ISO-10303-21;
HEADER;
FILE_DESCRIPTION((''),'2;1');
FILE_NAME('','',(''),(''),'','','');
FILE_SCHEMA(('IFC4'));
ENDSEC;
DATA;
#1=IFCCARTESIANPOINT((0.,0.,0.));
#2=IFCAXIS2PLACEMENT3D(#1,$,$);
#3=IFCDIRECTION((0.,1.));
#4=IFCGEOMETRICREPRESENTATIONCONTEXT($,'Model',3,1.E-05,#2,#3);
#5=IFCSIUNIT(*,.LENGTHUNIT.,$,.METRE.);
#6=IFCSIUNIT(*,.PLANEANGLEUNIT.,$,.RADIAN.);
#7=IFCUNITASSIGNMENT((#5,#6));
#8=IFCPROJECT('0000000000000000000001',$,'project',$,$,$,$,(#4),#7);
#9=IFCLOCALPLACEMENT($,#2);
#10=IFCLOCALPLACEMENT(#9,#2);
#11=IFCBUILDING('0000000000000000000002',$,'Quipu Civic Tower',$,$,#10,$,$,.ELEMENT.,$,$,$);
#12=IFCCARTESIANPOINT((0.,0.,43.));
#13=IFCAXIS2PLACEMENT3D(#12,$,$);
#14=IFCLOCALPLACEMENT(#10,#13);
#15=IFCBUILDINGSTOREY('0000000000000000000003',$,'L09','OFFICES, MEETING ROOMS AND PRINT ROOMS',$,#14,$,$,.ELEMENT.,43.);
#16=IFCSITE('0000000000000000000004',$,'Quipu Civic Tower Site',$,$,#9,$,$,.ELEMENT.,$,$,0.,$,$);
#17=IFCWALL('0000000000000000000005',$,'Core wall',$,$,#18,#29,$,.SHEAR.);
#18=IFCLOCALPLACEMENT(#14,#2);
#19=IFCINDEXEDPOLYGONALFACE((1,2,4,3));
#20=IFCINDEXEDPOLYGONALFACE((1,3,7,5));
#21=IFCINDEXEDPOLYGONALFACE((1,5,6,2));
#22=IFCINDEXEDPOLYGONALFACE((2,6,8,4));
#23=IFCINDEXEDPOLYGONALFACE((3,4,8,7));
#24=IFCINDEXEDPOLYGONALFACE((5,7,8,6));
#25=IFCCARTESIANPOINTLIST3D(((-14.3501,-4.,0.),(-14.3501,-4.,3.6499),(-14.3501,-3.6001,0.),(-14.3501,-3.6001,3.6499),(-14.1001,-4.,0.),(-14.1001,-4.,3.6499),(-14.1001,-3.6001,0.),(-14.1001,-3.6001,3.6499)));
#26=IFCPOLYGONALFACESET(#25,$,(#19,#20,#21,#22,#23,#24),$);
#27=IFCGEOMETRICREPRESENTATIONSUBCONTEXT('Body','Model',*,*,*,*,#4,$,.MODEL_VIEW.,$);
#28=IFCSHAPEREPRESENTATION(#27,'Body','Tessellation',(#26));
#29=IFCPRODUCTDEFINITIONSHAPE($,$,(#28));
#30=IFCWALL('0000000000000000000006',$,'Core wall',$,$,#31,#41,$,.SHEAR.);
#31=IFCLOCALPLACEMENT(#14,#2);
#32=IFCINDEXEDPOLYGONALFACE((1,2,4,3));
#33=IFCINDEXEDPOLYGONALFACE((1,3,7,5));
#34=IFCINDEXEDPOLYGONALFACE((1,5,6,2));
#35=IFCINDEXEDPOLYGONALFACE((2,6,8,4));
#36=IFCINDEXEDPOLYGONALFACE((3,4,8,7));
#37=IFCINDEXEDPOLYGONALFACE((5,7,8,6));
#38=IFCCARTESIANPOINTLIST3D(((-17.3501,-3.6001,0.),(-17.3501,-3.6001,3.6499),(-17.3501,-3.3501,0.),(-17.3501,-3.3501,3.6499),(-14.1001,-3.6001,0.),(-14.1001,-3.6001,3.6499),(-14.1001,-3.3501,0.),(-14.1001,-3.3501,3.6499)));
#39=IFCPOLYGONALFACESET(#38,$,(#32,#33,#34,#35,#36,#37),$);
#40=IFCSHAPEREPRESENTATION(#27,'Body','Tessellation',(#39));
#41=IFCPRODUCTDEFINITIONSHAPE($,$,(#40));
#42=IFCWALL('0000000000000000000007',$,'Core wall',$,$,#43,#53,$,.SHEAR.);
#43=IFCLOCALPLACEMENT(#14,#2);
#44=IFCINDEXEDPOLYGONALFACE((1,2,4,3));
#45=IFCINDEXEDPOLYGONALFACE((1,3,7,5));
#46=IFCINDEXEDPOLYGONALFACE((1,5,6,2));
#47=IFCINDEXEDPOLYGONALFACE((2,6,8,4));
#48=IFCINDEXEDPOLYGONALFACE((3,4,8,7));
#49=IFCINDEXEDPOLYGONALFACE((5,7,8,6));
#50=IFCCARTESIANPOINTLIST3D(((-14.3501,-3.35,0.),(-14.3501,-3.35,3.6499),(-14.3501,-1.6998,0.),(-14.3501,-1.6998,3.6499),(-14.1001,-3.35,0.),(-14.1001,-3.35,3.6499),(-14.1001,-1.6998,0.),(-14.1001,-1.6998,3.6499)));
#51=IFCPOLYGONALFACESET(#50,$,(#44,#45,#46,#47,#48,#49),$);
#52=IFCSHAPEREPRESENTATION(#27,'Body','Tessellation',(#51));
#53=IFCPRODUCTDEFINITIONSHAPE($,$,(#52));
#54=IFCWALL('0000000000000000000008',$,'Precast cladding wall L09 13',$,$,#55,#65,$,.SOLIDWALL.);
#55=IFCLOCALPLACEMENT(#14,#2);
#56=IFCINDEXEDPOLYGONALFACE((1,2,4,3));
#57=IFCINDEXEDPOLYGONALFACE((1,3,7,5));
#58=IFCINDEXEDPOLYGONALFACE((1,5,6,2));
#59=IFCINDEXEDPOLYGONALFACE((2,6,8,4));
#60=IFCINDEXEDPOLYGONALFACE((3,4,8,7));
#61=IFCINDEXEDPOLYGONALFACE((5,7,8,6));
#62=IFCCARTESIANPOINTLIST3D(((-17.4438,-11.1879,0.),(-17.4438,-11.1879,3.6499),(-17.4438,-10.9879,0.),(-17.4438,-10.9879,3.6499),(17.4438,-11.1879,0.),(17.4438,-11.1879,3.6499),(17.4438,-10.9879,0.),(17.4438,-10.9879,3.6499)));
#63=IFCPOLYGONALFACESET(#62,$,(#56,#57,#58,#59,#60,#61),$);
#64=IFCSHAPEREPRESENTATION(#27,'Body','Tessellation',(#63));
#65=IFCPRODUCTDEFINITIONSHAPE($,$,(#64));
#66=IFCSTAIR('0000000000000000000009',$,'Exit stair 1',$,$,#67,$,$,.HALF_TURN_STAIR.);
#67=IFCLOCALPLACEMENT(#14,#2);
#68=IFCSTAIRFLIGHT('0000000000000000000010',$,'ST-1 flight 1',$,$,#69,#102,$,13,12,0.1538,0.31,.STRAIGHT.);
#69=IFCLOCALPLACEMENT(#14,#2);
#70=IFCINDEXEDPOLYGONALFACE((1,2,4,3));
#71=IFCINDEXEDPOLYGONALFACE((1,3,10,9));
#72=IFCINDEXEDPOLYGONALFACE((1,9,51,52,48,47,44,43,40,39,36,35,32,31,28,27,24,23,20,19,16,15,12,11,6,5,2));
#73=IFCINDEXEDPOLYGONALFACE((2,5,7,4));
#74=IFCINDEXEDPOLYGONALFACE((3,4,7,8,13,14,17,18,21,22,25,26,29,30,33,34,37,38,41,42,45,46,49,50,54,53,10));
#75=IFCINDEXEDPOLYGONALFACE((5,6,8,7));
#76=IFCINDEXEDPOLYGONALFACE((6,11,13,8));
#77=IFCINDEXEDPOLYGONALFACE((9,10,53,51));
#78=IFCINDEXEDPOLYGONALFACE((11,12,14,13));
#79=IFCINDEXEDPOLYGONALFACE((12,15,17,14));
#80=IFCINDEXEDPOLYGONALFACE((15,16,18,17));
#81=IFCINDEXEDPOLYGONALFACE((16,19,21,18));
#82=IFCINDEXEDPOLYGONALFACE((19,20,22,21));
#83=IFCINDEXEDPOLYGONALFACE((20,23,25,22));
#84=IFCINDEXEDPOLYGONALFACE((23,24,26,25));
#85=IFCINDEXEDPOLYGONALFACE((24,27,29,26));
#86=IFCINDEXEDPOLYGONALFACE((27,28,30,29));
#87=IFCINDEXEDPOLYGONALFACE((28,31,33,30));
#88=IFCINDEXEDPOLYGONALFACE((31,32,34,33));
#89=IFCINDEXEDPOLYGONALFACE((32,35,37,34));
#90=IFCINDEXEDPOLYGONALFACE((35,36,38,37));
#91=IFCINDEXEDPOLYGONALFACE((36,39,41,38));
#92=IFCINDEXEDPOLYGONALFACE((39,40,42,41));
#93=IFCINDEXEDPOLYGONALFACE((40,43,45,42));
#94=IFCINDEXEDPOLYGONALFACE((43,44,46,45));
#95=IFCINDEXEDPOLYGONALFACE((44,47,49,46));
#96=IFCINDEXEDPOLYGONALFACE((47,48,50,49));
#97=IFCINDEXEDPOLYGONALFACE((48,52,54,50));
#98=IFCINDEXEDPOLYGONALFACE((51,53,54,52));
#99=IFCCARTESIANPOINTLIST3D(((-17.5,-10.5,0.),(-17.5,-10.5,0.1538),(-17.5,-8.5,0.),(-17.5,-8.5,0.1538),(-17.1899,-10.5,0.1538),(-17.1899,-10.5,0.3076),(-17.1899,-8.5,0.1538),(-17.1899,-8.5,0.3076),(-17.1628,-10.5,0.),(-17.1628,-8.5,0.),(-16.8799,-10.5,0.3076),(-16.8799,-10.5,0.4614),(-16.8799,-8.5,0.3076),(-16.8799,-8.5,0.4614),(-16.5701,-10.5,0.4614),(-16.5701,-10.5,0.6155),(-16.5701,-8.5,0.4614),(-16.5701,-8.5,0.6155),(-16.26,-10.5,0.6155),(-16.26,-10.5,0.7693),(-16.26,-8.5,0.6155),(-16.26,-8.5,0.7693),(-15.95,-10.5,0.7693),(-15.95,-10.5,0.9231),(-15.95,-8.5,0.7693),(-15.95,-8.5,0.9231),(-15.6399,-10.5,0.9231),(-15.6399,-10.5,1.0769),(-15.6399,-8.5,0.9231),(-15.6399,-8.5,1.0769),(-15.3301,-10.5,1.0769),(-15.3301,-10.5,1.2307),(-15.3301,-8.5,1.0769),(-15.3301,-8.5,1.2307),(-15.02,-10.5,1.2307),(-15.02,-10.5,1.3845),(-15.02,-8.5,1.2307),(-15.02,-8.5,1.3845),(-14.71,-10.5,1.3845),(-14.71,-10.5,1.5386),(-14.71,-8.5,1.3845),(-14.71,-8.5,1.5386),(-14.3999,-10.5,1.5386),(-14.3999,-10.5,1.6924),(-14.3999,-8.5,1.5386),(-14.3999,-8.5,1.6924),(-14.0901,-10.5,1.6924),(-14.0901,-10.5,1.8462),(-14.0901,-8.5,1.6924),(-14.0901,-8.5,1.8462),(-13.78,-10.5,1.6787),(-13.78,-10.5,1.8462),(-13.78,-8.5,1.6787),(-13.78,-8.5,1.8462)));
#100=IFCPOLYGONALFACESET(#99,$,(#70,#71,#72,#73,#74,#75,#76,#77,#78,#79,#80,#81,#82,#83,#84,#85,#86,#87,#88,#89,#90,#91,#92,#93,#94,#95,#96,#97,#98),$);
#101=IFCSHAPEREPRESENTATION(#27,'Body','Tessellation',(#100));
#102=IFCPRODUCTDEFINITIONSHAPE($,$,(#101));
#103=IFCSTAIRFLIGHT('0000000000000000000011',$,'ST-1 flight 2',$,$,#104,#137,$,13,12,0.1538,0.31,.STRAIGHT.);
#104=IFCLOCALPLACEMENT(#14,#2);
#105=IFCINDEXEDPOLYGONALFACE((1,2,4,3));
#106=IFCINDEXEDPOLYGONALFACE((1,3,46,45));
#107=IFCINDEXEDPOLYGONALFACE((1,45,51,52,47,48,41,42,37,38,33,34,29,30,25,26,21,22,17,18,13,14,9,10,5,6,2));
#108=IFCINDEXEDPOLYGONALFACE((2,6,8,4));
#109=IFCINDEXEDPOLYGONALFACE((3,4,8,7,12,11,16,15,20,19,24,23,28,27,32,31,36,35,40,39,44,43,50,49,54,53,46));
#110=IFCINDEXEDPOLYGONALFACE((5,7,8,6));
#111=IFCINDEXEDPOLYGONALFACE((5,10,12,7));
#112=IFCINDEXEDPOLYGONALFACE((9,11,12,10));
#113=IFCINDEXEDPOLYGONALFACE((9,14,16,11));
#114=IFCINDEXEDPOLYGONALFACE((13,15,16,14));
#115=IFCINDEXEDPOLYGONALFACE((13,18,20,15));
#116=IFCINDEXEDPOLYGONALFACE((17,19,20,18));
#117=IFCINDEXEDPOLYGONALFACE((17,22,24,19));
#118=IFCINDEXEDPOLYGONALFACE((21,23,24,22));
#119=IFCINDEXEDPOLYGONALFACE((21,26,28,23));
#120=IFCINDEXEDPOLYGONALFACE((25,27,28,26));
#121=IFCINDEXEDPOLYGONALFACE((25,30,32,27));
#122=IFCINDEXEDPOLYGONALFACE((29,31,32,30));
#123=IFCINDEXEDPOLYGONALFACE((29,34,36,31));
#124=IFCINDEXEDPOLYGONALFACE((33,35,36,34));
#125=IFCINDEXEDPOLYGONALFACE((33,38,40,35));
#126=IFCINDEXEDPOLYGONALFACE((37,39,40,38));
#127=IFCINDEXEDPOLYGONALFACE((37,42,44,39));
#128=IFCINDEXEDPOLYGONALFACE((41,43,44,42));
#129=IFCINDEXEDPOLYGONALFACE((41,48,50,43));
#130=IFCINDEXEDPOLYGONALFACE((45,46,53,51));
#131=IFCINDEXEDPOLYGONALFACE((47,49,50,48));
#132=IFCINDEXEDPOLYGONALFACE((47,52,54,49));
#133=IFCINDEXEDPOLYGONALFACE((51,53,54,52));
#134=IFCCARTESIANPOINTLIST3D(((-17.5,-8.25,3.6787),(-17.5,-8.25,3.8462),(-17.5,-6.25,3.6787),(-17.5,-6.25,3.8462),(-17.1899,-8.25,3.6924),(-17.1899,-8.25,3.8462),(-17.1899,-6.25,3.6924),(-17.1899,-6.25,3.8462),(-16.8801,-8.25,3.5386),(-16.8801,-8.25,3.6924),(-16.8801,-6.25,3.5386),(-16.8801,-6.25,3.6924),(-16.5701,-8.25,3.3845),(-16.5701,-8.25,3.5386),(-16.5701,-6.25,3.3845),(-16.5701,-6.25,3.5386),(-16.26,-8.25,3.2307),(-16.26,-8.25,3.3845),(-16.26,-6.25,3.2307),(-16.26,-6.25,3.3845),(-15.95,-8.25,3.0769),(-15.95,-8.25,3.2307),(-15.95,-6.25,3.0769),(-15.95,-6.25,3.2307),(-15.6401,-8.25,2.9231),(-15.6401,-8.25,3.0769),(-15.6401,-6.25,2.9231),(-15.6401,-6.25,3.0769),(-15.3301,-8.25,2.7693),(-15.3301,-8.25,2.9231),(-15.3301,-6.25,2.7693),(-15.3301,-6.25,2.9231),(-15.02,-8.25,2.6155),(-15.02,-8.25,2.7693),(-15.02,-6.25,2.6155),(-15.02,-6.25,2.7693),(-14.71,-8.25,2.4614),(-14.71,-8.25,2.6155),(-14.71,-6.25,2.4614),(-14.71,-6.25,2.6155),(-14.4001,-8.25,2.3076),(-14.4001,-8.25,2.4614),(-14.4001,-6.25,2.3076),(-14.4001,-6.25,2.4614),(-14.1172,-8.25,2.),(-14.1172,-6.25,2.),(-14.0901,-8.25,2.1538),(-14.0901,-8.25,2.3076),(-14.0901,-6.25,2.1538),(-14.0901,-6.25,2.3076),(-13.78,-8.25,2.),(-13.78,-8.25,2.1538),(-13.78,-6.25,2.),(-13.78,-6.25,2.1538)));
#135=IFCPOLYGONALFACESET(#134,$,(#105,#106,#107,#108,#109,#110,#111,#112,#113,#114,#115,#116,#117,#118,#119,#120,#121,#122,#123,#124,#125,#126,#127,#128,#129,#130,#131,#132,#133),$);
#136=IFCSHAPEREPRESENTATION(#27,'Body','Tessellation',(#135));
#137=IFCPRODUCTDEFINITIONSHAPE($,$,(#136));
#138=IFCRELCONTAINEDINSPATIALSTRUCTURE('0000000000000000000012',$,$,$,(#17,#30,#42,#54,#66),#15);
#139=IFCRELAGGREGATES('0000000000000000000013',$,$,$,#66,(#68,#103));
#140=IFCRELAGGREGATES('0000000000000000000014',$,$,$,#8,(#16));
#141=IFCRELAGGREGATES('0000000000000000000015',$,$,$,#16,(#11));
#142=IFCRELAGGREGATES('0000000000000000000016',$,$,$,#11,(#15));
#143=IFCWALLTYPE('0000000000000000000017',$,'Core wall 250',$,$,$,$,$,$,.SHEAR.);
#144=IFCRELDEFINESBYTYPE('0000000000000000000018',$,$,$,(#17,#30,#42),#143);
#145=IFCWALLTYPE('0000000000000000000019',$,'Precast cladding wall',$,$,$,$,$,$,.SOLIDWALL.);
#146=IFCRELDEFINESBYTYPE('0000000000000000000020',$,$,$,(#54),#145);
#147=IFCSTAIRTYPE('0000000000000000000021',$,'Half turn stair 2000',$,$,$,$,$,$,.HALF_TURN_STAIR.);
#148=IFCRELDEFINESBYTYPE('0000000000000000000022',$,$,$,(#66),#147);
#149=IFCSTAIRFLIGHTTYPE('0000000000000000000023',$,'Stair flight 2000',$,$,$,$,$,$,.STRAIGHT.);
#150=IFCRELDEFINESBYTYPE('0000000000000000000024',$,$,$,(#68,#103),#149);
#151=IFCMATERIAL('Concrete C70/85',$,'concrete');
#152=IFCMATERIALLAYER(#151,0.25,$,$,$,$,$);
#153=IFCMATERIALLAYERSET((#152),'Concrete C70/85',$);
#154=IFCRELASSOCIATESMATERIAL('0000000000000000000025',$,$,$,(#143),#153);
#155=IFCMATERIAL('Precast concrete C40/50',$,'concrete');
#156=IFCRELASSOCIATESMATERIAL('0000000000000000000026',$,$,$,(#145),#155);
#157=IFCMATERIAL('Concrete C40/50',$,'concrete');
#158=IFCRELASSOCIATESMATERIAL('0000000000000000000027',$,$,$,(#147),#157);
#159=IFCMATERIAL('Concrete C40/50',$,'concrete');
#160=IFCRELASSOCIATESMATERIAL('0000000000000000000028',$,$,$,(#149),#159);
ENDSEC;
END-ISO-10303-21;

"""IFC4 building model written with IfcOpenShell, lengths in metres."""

from ifc_helpers import new_model, si_unit, direction, frame, frame_2d, origin, place, context, subcontext, project, spatial, polyline, rectangle, outline, extrude, material, layer, layer_set, type_object, element, aggregate, save


model = new_model("IFC4")

# Units and contexts
model_context = context("Model", 3, precision=1e-05, world=origin(), true_north=direction((0.0, 1.0)))
body_context = subcontext(model_context, "Body", "Model", "MODEL_VIEW")
ifc_project = project(units=[si_unit("LENGTHUNIT", "METRE"), si_unit("PLANEANGLEUNIT", "RADIAN")], contexts=[model_context])

# Site, building, storey
site_placement = place(None, origin())
site = spatial("IfcSite", under=ifc_project, at=site_placement, Name="Quipu Civic Tower Site", CompositionType="ELEMENT", RefElevation=0.0)
building_placement = place(site_placement, origin())
building = spatial("IfcBuilding", under=site, at=building_placement, Name="Quipu Civic Tower", CompositionType="ELEMENT")
storey_placement = place(building_placement, frame((0.0, 0.0, 43.0)))
storey = spatial("IfcBuildingStorey", under=building, at=storey_placement, Name="L09", Description="OFFICES, MEETING ROOMS AND PRINT ROOMS", CompositionType="ELEMENT", Elevation=43.0)

# Shared definitions
ifc_material_1 = material(Name="Concrete C70/85", Category="concrete")
ifc_layer = layer(ifc_material_1, 0.25)
ifc_layer_set = layer_set([ifc_layer], Name="Concrete C70/85")
wall_type_1 = type_object("IfcWallType", Name="Core wall 250", PredefinedType="SHEAR", material=ifc_layer_set)

# Walls
wall_1_placement = place(storey_placement, frame((-14.2251, -4.0, 0.0), z_axis=(0.0, 0.0, 1.0), x_axis=(0.0, 1.0, 0.0)))
element("IfcWall", 1, at=wall_1_placement, inside=storey, type_object=wall_type_1, Name="Core wall", PredefinedType="SHEAR", context=body_context, shape_type="SweptSolid", body=[
    extrude(rectangle(XDim=0.3999, YDim=0.25, at=frame_2d((0.2, 0.0))), origin(), (0.0, 0.0, 1.0), 3.6499),
])
wall_2_placement = place(storey_placement, frame((-17.3501, -3.4751, 0.0), z_axis=(0.0, 0.0, 1.0), x_axis=(1.0, 0.0, 0.0)))
element("IfcWall", 2, at=wall_2_placement, inside=storey, type_object=wall_type_1, Name="Core wall", PredefinedType="SHEAR", context=body_context, shape_type="SweptSolid", body=[
    extrude(rectangle(XDim=3.25, YDim=0.25, at=frame_2d((1.625, 0.0))), origin(), (0.0, 0.0, 1.0), 3.6499),
])
wall_3_placement = place(storey_placement, frame((-14.2251, -3.3501, 0.0), z_axis=(0.0, 0.0, 1.0), x_axis=(0.0, 1.0, 0.0)))
element("IfcWall", 3, at=wall_3_placement, inside=storey, type_object=wall_type_1, Name="Core wall", PredefinedType="SHEAR", context=body_context, shape_type="SweptSolid", body=[
    extrude(rectangle(XDim=1.6501, YDim=0.25, at=frame_2d((0.8252, 0.0))), origin(), (0.0, 0.0, 1.0), 3.6499),
])
ifc_material_2 = material(Name="Precast concrete C40/50", Category="concrete")
wall_type_2 = type_object("IfcWallType", Name="Precast cladding wall", PredefinedType="SOLIDWALL", material=ifc_material_2)
wall_4_placement = place(storey_placement, frame((-17.4438, -11.0879, 0.0), z_axis=(0.0, 0.0, 1.0), x_axis=(1.0, 0.0, 0.0)))
element("IfcWall", 4, at=wall_4_placement, inside=storey, type_object=wall_type_2, Name="Precast cladding wall L09 13", PredefinedType="SOLIDWALL", context=body_context, shape_type="SweptSolid", body=[
    extrude(rectangle(XDim=34.8877, YDim=0.2, at=frame_2d((17.4438, 0.0))), origin(), (0.0, 0.0, 1.0), 3.6499),
])

# Stair, stair flights
ifc_material_3 = material(Name="Concrete C40/50", Category="concrete")
stair_type = type_object("IfcStairType", Name="Half turn stair 2000", PredefinedType="HALF_TURN_STAIR", material=ifc_material_3)
stair_placement = place(storey_placement, origin())
stair = element("IfcStair", 5, at=stair_placement, inside=storey, type_object=stair_type, Name="Exit stair 1", PredefinedType="HALF_TURN_STAIR")
ifc_material_4 = material(Name="Concrete C40/50", Category="concrete")
stair_flight_type = type_object("IfcStairFlightType", Name="Stair flight 2000", PredefinedType="STRAIGHT", material=ifc_material_4)
stair_flight_1_placement = place(storey_placement, frame((-17.5, -9.5, 0.0), z_axis=(0.0, 0.0, 1.0), x_axis=(1.0, 0.0, 0.0)))
stair_flight_1 = element("IfcStairFlight", 6, at=stair_flight_1_placement, type_object=stair_flight_type, Name="ST-1 flight 1", NumberOfRisers=13, NumberOfTreads=12, PredefinedType="STRAIGHT", RiserHeight=0.1538, TreadLength=0.31, context=body_context, shape_type="SweptSolid", body=[
    extrude(outline(polyline([(0.0, 0.0), (0.0, 0.1538), (0.3101, 0.1538), (0.3101, 0.3076), (0.6201, 0.3076), (0.6201, 0.4614), (0.9299, 0.4614), (0.9299, 0.6155), (1.24, 0.6155), (1.24, 0.7693), (1.55, 0.7693), (1.55, 0.9231), (1.8601, 0.9231), (1.8601, 1.0769), (2.1699, 1.0769), (2.1699, 1.2307), (2.48, 1.2307), (2.48, 1.3845), (2.79, 1.3845), (2.79, 1.5386), (3.1001, 1.5386), (3.1001, 1.6924), (3.4099, 1.6924), (3.4099, 1.8462), (3.72, 1.8462), (3.72, 2.0), (3.72, 1.6787), (0.3372, 0.0), (0.0, 0.0)])), frame((0.0, 1.0, 0.0), z_axis=(0.0, -1.0, 0.0), x_axis=(1.0, 0.0, 0.0)), (0.0, 0.0, 1.0), 2.0),
])
stair_flight_2_placement = place(storey_placement, frame((-13.78, -7.25, 2.0), z_axis=(0.0, 0.0, 1.0), x_axis=(-1.0, 0.0, 0.0)))
stair_flight_2 = element("IfcStairFlight", 7, at=stair_flight_2_placement, type_object=stair_flight_type, Name="ST-1 flight 2", NumberOfRisers=13, NumberOfTreads=12, PredefinedType="STRAIGHT", RiserHeight=0.1538, TreadLength=0.31, context=body_context, shape_type="SweptSolid", body=[
    extrude(outline(polyline([(0.0, 0.0), (0.0, 0.1538), (0.3101, 0.1538), (0.3101, 0.3076), (0.6201, 0.3076), (0.6201, 0.4614), (0.9299, 0.4614), (0.9299, 0.6155), (1.24, 0.6155), (1.24, 0.7693), (1.55, 0.7693), (1.55, 0.9231), (1.8601, 0.9231), (1.8601, 1.0769), (2.1699, 1.0769), (2.1699, 1.2307), (2.48, 1.2307), (2.48, 1.3845), (2.79, 1.3845), (2.79, 1.5386), (3.1001, 1.5386), (3.1001, 1.6924), (3.4099, 1.6924), (3.4099, 1.8462), (3.72, 1.8462), (3.72, 2.0), (3.72, 1.6787), (0.3372, 0.0), (0.0, 0.0)])), frame((0.0, 1.0, 0.0), z_axis=(0.0, -1.0, 0.0), x_axis=(1.0, 0.0, 0.0)), (0.0, 0.0, 1.0), 2.0),
])
aggregate(stair, [stair_flight_1, stair_flight_2])

save(model, "model.ifc")
